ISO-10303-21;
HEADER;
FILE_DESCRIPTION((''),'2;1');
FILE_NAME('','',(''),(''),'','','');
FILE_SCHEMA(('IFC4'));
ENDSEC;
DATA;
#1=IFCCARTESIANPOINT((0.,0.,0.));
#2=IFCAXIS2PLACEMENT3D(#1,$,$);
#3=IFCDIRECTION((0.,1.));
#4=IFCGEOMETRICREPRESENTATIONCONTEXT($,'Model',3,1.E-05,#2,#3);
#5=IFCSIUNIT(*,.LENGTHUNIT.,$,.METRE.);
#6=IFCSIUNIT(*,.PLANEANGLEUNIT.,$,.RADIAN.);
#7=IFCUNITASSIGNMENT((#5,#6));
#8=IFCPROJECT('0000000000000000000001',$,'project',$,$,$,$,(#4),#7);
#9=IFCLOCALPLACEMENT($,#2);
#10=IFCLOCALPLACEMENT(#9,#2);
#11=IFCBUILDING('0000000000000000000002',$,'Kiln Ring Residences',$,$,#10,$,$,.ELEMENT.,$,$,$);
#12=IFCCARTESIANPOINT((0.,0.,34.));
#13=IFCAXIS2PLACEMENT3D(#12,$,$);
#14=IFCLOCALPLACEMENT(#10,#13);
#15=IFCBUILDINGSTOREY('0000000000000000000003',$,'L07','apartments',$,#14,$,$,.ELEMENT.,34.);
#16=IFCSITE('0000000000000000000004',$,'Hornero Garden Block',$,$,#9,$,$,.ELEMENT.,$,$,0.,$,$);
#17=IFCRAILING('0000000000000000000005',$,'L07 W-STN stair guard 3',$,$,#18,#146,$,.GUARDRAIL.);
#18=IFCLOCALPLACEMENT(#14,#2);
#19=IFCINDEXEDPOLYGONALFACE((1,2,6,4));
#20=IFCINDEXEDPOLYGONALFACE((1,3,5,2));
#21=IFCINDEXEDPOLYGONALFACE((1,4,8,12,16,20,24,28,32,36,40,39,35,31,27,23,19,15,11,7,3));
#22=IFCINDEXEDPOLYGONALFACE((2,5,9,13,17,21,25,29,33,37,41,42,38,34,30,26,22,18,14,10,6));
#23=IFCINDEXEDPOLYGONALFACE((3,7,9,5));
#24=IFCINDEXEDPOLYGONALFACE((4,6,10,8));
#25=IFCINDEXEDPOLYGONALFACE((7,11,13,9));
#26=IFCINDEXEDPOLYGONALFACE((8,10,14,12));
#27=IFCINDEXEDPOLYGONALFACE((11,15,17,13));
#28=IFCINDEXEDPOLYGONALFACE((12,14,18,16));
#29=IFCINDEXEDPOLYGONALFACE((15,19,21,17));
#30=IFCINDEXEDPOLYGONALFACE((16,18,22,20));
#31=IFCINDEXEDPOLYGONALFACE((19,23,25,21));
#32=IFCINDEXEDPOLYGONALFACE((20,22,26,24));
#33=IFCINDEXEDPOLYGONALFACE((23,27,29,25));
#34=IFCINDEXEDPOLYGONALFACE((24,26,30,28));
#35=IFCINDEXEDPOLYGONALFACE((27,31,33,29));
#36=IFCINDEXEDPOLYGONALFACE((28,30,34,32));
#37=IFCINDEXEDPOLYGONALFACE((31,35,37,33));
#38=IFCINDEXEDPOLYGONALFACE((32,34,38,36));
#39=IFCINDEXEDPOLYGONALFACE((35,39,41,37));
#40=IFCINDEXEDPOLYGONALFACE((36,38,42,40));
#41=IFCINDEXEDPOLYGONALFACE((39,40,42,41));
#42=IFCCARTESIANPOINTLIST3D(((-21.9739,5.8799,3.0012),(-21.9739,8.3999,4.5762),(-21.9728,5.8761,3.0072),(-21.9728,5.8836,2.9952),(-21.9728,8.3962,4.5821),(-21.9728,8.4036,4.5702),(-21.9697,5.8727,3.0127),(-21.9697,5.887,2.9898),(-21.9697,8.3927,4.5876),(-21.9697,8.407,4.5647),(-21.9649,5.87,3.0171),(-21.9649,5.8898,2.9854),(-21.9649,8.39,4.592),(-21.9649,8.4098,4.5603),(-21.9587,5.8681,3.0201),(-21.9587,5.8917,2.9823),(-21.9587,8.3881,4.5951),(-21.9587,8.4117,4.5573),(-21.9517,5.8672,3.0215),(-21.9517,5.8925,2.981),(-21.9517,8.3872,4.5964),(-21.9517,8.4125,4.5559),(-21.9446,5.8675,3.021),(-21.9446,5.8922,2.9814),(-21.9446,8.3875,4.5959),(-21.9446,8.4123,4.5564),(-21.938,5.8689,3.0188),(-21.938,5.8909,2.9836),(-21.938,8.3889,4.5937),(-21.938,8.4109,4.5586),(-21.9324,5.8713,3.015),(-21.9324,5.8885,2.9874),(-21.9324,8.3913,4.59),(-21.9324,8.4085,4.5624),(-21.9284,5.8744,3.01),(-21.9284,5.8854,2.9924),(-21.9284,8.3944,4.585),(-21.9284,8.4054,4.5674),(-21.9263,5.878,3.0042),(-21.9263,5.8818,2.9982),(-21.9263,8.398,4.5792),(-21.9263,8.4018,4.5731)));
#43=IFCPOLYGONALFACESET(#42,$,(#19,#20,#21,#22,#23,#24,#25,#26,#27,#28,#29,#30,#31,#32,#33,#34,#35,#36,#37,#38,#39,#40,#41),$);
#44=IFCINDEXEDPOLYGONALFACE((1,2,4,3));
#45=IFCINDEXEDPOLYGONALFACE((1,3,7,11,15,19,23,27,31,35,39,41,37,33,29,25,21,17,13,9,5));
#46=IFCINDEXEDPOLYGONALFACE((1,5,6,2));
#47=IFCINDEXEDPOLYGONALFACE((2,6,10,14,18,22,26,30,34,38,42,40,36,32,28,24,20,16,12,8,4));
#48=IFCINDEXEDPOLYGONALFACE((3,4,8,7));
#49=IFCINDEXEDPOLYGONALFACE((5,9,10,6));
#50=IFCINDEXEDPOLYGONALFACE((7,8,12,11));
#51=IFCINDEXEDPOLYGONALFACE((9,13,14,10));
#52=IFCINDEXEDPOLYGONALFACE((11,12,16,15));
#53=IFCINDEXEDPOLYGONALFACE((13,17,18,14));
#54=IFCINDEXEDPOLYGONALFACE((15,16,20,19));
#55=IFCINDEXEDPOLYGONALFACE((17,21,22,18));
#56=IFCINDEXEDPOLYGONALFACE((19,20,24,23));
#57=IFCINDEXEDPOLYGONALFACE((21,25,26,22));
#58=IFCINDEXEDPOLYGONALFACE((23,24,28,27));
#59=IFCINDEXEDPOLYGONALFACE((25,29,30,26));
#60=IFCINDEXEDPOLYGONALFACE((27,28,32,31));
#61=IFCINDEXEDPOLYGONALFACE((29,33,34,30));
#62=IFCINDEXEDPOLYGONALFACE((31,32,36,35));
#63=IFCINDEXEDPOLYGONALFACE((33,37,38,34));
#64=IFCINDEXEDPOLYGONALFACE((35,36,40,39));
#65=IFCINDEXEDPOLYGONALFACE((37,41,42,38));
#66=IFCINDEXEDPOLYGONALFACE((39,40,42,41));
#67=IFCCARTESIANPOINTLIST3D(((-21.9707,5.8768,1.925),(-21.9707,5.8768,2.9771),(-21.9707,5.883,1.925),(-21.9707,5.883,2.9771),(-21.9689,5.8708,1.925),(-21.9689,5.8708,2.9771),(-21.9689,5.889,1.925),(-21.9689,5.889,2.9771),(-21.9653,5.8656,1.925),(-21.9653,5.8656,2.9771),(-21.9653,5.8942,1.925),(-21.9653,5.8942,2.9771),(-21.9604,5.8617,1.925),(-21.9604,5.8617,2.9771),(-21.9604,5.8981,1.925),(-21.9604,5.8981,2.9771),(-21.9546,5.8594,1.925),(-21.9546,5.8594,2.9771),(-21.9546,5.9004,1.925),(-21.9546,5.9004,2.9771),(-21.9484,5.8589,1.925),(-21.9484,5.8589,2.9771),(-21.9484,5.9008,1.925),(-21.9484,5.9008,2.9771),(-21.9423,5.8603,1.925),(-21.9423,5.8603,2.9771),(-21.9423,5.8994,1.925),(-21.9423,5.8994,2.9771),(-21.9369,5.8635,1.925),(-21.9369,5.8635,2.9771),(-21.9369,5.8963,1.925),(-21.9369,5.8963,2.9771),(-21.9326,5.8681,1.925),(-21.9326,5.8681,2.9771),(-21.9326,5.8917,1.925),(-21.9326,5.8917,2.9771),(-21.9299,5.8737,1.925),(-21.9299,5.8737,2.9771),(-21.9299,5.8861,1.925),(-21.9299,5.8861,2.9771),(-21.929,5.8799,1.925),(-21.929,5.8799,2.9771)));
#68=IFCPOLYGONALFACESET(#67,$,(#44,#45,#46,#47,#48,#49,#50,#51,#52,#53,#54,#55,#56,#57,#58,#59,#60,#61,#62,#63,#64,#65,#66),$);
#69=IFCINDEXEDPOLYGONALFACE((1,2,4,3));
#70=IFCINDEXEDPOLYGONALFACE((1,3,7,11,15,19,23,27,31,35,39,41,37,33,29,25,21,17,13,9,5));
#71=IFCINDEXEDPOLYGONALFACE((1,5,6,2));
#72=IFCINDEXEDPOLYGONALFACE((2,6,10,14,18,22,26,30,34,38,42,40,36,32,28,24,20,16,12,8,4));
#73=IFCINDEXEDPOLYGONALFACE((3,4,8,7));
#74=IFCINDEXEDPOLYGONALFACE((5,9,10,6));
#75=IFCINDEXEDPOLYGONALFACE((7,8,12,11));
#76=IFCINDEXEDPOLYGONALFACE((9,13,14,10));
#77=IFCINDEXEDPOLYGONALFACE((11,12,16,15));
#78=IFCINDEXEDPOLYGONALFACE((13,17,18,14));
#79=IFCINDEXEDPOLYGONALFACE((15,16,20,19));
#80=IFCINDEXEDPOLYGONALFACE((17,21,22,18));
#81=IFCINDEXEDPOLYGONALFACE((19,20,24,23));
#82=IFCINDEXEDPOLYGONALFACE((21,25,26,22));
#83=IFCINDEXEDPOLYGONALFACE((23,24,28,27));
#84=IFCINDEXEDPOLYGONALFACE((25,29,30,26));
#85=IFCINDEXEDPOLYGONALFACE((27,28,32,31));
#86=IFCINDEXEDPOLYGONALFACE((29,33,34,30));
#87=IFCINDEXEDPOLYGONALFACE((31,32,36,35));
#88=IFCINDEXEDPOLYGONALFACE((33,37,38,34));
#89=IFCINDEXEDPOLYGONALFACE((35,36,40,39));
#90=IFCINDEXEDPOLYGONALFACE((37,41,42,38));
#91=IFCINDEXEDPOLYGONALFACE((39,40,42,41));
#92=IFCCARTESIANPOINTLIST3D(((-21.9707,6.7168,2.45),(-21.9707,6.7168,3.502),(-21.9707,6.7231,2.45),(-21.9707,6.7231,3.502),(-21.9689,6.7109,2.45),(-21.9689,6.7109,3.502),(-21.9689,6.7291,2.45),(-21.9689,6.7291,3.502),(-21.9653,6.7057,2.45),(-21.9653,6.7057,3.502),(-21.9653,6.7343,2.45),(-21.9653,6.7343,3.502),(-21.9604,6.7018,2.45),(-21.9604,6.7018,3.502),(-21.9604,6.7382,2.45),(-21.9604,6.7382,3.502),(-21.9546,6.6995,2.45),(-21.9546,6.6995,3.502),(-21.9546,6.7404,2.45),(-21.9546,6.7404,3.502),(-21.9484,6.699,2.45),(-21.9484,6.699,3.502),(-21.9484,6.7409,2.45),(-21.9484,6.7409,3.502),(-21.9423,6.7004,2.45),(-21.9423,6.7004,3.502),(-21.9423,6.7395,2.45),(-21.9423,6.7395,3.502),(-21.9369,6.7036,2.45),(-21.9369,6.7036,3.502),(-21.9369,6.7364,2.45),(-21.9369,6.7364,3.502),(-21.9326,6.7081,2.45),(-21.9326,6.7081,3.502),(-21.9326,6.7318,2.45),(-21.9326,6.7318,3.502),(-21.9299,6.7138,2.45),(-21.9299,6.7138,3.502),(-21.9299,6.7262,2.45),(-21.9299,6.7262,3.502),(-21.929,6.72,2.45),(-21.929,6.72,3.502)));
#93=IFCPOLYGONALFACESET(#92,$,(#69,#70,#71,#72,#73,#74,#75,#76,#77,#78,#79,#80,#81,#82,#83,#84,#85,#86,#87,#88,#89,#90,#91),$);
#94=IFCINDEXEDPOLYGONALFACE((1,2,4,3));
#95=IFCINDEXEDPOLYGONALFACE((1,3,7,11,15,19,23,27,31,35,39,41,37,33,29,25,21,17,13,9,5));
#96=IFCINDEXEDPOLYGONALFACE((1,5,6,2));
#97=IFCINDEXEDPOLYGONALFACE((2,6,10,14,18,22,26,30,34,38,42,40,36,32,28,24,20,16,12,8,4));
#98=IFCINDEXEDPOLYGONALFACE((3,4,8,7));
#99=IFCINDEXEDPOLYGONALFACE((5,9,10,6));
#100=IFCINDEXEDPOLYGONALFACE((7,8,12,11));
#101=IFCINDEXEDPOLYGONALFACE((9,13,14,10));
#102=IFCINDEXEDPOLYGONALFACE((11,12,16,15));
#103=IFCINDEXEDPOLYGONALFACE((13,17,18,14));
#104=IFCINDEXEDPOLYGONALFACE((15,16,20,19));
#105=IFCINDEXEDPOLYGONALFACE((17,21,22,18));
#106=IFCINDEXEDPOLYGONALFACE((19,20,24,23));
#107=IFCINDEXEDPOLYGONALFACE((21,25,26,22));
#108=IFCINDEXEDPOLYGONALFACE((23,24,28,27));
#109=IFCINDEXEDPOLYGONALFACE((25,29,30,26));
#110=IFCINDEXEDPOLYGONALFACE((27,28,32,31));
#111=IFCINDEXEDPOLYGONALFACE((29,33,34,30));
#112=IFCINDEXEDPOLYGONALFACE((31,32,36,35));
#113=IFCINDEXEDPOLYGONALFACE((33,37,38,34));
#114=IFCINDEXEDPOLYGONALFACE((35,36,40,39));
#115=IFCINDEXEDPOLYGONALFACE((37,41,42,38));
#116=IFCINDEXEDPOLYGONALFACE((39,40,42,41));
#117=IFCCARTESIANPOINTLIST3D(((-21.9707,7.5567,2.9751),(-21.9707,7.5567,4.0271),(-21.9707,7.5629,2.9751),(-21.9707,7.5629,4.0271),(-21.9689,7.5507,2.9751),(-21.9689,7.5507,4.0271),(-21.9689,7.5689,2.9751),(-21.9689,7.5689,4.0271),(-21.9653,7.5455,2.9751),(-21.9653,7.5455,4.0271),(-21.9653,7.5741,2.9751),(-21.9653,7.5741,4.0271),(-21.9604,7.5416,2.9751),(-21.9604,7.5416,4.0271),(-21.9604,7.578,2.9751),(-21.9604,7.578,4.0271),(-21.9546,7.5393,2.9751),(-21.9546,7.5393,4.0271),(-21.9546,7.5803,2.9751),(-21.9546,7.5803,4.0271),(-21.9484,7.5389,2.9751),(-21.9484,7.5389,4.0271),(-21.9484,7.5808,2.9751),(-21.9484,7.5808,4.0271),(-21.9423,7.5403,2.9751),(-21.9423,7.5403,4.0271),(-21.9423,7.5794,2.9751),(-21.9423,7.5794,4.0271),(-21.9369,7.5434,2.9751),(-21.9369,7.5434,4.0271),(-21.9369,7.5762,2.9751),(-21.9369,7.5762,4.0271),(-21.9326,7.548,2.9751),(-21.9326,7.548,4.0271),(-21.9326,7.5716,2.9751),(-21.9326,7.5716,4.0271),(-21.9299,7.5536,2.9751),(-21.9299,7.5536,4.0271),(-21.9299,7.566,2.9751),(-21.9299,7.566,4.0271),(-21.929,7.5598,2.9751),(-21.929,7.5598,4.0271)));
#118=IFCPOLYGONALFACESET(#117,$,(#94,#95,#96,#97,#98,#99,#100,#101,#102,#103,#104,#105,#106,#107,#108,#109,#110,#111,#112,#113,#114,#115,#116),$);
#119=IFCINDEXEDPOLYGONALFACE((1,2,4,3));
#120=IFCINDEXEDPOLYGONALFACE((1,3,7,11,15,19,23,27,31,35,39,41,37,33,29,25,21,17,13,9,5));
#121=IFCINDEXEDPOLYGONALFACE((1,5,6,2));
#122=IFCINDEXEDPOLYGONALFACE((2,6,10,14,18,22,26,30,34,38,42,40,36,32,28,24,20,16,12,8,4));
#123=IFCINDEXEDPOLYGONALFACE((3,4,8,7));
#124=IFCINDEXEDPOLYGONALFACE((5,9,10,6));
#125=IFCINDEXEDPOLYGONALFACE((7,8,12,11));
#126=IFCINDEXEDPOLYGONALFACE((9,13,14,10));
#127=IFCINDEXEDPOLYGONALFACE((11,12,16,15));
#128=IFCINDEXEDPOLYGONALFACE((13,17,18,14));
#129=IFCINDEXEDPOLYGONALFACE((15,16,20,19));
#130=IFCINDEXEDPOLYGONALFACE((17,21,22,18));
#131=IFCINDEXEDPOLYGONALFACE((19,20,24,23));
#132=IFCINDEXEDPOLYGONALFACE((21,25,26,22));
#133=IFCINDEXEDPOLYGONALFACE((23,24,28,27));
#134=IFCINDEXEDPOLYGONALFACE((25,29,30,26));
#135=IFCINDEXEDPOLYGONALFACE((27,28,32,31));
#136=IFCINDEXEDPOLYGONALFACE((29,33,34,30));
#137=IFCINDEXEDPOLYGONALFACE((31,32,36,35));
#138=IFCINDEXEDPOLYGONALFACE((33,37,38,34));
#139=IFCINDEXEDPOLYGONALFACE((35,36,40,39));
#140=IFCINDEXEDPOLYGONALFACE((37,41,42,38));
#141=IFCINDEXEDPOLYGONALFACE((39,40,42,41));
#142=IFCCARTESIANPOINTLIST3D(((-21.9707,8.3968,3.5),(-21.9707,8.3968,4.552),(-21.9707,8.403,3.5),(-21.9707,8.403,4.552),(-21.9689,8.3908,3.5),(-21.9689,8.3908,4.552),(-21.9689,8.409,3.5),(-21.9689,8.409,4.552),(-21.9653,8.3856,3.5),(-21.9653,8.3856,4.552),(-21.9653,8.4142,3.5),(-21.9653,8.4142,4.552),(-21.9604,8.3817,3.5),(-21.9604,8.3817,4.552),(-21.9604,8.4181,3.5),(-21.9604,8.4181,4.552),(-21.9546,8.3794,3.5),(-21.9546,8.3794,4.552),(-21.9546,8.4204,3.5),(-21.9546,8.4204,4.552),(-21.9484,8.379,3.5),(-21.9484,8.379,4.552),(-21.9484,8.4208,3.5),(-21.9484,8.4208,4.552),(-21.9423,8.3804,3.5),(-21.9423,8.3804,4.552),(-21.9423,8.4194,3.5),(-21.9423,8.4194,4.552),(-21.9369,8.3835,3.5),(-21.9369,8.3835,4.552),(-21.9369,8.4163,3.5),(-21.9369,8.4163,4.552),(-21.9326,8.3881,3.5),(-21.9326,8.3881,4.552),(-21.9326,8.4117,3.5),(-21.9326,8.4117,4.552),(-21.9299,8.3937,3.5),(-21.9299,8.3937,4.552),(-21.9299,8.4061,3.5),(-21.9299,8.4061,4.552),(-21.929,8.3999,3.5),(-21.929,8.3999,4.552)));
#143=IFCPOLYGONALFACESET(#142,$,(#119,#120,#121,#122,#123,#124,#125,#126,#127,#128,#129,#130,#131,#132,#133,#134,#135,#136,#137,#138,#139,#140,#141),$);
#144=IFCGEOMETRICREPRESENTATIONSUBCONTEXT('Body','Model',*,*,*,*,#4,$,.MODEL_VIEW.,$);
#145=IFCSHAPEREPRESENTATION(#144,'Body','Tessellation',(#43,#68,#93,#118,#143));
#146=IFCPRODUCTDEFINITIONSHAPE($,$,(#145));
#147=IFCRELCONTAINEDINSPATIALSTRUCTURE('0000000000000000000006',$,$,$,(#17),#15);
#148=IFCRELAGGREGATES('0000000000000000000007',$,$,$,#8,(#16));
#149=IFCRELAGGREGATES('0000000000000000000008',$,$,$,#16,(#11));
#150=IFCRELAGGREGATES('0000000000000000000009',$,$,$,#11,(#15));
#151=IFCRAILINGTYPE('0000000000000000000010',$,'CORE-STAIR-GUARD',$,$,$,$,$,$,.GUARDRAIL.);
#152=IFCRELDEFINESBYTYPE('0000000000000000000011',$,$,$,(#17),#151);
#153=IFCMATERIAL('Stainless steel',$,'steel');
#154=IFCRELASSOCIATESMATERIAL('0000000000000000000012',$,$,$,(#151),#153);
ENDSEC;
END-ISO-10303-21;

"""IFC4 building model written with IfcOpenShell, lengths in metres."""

from ifc_helpers import new_model, si_unit, direction, frame, origin, origin_2d, place, context, subcontext, project, spatial, circle, extrude, material, type_object, element, save


model = new_model("IFC4")

# Units and contexts
model_context = context("Model", 3, precision=1e-05, world=origin(), true_north=direction((0.0, 1.0)))
body_context = subcontext(model_context, "Body", "Model", "MODEL_VIEW")
ifc_project = project(units=[si_unit("LENGTHUNIT", "METRE"), si_unit("PLANEANGLEUNIT", "RADIAN")], contexts=[model_context])

# Site, building, storey
site_placement = place(None, origin())
site = spatial("IfcSite", under=ifc_project, at=site_placement, Name="Hornero Garden Block", CompositionType="ELEMENT", RefElevation=0.0)
building_placement = place(site_placement, origin())
building = spatial("IfcBuilding", under=site, at=building_placement, Name="Kiln Ring Residences", CompositionType="ELEMENT")
storey_placement = place(building_placement, frame((0.0, 0.0, 34.0)))
storey = spatial("IfcBuildingStorey", under=building, at=storey_placement, Name="L07", Description="apartments", CompositionType="ELEMENT", Elevation=34.0)

# Railing
ifc_material_1 = material(Name="Stainless steel", Category="steel")
railing_type_1 = type_object("IfcRailingType", Name="CORE-STAIR-GUARD", PredefinedType="GUARDRAIL", material=ifc_material_1)
railing_1_placement = place(storey_placement, frame((-21.95, 5.8799, 1.925)))
element("IfcRailing", 1, at=railing_1_placement, inside=storey, type_object=railing_type_1, Name="L07 W-STN stair guard 3", PredefinedType="GUARDRAIL", context=body_context, shape_type="SweptSolid", body=[
    extrude(circle(Radius=0.0239, at=origin_2d()), frame((0.0, 0.0, 1.0762), z_axis=(0.0, 0.848008, 0.529984), x_axis=(-1.0, 0.0, 0.0)), (0.0, 0.0, 1.0), 2.9717),
    extrude(circle(Radius=0.021, at=origin_2d()), origin(), (0.0, 0.0, 1.0), 1.052),
    extrude(circle(Radius=0.021, at=origin_2d()), frame((0.0, 0.8401, 0.5249)), (0.0, 0.0, 1.0), 1.052),
    extrude(circle(Radius=0.021, at=origin_2d()), frame((0.0, 1.6799, 1.05)), (0.0, 0.0, 1.0), 1.052),
    extrude(circle(Radius=0.021, at=origin_2d()), frame((0.0, 2.52, 1.575)), (0.0, 0.0, 1.0), 1.052),
])

save(model, "model.ifc")
